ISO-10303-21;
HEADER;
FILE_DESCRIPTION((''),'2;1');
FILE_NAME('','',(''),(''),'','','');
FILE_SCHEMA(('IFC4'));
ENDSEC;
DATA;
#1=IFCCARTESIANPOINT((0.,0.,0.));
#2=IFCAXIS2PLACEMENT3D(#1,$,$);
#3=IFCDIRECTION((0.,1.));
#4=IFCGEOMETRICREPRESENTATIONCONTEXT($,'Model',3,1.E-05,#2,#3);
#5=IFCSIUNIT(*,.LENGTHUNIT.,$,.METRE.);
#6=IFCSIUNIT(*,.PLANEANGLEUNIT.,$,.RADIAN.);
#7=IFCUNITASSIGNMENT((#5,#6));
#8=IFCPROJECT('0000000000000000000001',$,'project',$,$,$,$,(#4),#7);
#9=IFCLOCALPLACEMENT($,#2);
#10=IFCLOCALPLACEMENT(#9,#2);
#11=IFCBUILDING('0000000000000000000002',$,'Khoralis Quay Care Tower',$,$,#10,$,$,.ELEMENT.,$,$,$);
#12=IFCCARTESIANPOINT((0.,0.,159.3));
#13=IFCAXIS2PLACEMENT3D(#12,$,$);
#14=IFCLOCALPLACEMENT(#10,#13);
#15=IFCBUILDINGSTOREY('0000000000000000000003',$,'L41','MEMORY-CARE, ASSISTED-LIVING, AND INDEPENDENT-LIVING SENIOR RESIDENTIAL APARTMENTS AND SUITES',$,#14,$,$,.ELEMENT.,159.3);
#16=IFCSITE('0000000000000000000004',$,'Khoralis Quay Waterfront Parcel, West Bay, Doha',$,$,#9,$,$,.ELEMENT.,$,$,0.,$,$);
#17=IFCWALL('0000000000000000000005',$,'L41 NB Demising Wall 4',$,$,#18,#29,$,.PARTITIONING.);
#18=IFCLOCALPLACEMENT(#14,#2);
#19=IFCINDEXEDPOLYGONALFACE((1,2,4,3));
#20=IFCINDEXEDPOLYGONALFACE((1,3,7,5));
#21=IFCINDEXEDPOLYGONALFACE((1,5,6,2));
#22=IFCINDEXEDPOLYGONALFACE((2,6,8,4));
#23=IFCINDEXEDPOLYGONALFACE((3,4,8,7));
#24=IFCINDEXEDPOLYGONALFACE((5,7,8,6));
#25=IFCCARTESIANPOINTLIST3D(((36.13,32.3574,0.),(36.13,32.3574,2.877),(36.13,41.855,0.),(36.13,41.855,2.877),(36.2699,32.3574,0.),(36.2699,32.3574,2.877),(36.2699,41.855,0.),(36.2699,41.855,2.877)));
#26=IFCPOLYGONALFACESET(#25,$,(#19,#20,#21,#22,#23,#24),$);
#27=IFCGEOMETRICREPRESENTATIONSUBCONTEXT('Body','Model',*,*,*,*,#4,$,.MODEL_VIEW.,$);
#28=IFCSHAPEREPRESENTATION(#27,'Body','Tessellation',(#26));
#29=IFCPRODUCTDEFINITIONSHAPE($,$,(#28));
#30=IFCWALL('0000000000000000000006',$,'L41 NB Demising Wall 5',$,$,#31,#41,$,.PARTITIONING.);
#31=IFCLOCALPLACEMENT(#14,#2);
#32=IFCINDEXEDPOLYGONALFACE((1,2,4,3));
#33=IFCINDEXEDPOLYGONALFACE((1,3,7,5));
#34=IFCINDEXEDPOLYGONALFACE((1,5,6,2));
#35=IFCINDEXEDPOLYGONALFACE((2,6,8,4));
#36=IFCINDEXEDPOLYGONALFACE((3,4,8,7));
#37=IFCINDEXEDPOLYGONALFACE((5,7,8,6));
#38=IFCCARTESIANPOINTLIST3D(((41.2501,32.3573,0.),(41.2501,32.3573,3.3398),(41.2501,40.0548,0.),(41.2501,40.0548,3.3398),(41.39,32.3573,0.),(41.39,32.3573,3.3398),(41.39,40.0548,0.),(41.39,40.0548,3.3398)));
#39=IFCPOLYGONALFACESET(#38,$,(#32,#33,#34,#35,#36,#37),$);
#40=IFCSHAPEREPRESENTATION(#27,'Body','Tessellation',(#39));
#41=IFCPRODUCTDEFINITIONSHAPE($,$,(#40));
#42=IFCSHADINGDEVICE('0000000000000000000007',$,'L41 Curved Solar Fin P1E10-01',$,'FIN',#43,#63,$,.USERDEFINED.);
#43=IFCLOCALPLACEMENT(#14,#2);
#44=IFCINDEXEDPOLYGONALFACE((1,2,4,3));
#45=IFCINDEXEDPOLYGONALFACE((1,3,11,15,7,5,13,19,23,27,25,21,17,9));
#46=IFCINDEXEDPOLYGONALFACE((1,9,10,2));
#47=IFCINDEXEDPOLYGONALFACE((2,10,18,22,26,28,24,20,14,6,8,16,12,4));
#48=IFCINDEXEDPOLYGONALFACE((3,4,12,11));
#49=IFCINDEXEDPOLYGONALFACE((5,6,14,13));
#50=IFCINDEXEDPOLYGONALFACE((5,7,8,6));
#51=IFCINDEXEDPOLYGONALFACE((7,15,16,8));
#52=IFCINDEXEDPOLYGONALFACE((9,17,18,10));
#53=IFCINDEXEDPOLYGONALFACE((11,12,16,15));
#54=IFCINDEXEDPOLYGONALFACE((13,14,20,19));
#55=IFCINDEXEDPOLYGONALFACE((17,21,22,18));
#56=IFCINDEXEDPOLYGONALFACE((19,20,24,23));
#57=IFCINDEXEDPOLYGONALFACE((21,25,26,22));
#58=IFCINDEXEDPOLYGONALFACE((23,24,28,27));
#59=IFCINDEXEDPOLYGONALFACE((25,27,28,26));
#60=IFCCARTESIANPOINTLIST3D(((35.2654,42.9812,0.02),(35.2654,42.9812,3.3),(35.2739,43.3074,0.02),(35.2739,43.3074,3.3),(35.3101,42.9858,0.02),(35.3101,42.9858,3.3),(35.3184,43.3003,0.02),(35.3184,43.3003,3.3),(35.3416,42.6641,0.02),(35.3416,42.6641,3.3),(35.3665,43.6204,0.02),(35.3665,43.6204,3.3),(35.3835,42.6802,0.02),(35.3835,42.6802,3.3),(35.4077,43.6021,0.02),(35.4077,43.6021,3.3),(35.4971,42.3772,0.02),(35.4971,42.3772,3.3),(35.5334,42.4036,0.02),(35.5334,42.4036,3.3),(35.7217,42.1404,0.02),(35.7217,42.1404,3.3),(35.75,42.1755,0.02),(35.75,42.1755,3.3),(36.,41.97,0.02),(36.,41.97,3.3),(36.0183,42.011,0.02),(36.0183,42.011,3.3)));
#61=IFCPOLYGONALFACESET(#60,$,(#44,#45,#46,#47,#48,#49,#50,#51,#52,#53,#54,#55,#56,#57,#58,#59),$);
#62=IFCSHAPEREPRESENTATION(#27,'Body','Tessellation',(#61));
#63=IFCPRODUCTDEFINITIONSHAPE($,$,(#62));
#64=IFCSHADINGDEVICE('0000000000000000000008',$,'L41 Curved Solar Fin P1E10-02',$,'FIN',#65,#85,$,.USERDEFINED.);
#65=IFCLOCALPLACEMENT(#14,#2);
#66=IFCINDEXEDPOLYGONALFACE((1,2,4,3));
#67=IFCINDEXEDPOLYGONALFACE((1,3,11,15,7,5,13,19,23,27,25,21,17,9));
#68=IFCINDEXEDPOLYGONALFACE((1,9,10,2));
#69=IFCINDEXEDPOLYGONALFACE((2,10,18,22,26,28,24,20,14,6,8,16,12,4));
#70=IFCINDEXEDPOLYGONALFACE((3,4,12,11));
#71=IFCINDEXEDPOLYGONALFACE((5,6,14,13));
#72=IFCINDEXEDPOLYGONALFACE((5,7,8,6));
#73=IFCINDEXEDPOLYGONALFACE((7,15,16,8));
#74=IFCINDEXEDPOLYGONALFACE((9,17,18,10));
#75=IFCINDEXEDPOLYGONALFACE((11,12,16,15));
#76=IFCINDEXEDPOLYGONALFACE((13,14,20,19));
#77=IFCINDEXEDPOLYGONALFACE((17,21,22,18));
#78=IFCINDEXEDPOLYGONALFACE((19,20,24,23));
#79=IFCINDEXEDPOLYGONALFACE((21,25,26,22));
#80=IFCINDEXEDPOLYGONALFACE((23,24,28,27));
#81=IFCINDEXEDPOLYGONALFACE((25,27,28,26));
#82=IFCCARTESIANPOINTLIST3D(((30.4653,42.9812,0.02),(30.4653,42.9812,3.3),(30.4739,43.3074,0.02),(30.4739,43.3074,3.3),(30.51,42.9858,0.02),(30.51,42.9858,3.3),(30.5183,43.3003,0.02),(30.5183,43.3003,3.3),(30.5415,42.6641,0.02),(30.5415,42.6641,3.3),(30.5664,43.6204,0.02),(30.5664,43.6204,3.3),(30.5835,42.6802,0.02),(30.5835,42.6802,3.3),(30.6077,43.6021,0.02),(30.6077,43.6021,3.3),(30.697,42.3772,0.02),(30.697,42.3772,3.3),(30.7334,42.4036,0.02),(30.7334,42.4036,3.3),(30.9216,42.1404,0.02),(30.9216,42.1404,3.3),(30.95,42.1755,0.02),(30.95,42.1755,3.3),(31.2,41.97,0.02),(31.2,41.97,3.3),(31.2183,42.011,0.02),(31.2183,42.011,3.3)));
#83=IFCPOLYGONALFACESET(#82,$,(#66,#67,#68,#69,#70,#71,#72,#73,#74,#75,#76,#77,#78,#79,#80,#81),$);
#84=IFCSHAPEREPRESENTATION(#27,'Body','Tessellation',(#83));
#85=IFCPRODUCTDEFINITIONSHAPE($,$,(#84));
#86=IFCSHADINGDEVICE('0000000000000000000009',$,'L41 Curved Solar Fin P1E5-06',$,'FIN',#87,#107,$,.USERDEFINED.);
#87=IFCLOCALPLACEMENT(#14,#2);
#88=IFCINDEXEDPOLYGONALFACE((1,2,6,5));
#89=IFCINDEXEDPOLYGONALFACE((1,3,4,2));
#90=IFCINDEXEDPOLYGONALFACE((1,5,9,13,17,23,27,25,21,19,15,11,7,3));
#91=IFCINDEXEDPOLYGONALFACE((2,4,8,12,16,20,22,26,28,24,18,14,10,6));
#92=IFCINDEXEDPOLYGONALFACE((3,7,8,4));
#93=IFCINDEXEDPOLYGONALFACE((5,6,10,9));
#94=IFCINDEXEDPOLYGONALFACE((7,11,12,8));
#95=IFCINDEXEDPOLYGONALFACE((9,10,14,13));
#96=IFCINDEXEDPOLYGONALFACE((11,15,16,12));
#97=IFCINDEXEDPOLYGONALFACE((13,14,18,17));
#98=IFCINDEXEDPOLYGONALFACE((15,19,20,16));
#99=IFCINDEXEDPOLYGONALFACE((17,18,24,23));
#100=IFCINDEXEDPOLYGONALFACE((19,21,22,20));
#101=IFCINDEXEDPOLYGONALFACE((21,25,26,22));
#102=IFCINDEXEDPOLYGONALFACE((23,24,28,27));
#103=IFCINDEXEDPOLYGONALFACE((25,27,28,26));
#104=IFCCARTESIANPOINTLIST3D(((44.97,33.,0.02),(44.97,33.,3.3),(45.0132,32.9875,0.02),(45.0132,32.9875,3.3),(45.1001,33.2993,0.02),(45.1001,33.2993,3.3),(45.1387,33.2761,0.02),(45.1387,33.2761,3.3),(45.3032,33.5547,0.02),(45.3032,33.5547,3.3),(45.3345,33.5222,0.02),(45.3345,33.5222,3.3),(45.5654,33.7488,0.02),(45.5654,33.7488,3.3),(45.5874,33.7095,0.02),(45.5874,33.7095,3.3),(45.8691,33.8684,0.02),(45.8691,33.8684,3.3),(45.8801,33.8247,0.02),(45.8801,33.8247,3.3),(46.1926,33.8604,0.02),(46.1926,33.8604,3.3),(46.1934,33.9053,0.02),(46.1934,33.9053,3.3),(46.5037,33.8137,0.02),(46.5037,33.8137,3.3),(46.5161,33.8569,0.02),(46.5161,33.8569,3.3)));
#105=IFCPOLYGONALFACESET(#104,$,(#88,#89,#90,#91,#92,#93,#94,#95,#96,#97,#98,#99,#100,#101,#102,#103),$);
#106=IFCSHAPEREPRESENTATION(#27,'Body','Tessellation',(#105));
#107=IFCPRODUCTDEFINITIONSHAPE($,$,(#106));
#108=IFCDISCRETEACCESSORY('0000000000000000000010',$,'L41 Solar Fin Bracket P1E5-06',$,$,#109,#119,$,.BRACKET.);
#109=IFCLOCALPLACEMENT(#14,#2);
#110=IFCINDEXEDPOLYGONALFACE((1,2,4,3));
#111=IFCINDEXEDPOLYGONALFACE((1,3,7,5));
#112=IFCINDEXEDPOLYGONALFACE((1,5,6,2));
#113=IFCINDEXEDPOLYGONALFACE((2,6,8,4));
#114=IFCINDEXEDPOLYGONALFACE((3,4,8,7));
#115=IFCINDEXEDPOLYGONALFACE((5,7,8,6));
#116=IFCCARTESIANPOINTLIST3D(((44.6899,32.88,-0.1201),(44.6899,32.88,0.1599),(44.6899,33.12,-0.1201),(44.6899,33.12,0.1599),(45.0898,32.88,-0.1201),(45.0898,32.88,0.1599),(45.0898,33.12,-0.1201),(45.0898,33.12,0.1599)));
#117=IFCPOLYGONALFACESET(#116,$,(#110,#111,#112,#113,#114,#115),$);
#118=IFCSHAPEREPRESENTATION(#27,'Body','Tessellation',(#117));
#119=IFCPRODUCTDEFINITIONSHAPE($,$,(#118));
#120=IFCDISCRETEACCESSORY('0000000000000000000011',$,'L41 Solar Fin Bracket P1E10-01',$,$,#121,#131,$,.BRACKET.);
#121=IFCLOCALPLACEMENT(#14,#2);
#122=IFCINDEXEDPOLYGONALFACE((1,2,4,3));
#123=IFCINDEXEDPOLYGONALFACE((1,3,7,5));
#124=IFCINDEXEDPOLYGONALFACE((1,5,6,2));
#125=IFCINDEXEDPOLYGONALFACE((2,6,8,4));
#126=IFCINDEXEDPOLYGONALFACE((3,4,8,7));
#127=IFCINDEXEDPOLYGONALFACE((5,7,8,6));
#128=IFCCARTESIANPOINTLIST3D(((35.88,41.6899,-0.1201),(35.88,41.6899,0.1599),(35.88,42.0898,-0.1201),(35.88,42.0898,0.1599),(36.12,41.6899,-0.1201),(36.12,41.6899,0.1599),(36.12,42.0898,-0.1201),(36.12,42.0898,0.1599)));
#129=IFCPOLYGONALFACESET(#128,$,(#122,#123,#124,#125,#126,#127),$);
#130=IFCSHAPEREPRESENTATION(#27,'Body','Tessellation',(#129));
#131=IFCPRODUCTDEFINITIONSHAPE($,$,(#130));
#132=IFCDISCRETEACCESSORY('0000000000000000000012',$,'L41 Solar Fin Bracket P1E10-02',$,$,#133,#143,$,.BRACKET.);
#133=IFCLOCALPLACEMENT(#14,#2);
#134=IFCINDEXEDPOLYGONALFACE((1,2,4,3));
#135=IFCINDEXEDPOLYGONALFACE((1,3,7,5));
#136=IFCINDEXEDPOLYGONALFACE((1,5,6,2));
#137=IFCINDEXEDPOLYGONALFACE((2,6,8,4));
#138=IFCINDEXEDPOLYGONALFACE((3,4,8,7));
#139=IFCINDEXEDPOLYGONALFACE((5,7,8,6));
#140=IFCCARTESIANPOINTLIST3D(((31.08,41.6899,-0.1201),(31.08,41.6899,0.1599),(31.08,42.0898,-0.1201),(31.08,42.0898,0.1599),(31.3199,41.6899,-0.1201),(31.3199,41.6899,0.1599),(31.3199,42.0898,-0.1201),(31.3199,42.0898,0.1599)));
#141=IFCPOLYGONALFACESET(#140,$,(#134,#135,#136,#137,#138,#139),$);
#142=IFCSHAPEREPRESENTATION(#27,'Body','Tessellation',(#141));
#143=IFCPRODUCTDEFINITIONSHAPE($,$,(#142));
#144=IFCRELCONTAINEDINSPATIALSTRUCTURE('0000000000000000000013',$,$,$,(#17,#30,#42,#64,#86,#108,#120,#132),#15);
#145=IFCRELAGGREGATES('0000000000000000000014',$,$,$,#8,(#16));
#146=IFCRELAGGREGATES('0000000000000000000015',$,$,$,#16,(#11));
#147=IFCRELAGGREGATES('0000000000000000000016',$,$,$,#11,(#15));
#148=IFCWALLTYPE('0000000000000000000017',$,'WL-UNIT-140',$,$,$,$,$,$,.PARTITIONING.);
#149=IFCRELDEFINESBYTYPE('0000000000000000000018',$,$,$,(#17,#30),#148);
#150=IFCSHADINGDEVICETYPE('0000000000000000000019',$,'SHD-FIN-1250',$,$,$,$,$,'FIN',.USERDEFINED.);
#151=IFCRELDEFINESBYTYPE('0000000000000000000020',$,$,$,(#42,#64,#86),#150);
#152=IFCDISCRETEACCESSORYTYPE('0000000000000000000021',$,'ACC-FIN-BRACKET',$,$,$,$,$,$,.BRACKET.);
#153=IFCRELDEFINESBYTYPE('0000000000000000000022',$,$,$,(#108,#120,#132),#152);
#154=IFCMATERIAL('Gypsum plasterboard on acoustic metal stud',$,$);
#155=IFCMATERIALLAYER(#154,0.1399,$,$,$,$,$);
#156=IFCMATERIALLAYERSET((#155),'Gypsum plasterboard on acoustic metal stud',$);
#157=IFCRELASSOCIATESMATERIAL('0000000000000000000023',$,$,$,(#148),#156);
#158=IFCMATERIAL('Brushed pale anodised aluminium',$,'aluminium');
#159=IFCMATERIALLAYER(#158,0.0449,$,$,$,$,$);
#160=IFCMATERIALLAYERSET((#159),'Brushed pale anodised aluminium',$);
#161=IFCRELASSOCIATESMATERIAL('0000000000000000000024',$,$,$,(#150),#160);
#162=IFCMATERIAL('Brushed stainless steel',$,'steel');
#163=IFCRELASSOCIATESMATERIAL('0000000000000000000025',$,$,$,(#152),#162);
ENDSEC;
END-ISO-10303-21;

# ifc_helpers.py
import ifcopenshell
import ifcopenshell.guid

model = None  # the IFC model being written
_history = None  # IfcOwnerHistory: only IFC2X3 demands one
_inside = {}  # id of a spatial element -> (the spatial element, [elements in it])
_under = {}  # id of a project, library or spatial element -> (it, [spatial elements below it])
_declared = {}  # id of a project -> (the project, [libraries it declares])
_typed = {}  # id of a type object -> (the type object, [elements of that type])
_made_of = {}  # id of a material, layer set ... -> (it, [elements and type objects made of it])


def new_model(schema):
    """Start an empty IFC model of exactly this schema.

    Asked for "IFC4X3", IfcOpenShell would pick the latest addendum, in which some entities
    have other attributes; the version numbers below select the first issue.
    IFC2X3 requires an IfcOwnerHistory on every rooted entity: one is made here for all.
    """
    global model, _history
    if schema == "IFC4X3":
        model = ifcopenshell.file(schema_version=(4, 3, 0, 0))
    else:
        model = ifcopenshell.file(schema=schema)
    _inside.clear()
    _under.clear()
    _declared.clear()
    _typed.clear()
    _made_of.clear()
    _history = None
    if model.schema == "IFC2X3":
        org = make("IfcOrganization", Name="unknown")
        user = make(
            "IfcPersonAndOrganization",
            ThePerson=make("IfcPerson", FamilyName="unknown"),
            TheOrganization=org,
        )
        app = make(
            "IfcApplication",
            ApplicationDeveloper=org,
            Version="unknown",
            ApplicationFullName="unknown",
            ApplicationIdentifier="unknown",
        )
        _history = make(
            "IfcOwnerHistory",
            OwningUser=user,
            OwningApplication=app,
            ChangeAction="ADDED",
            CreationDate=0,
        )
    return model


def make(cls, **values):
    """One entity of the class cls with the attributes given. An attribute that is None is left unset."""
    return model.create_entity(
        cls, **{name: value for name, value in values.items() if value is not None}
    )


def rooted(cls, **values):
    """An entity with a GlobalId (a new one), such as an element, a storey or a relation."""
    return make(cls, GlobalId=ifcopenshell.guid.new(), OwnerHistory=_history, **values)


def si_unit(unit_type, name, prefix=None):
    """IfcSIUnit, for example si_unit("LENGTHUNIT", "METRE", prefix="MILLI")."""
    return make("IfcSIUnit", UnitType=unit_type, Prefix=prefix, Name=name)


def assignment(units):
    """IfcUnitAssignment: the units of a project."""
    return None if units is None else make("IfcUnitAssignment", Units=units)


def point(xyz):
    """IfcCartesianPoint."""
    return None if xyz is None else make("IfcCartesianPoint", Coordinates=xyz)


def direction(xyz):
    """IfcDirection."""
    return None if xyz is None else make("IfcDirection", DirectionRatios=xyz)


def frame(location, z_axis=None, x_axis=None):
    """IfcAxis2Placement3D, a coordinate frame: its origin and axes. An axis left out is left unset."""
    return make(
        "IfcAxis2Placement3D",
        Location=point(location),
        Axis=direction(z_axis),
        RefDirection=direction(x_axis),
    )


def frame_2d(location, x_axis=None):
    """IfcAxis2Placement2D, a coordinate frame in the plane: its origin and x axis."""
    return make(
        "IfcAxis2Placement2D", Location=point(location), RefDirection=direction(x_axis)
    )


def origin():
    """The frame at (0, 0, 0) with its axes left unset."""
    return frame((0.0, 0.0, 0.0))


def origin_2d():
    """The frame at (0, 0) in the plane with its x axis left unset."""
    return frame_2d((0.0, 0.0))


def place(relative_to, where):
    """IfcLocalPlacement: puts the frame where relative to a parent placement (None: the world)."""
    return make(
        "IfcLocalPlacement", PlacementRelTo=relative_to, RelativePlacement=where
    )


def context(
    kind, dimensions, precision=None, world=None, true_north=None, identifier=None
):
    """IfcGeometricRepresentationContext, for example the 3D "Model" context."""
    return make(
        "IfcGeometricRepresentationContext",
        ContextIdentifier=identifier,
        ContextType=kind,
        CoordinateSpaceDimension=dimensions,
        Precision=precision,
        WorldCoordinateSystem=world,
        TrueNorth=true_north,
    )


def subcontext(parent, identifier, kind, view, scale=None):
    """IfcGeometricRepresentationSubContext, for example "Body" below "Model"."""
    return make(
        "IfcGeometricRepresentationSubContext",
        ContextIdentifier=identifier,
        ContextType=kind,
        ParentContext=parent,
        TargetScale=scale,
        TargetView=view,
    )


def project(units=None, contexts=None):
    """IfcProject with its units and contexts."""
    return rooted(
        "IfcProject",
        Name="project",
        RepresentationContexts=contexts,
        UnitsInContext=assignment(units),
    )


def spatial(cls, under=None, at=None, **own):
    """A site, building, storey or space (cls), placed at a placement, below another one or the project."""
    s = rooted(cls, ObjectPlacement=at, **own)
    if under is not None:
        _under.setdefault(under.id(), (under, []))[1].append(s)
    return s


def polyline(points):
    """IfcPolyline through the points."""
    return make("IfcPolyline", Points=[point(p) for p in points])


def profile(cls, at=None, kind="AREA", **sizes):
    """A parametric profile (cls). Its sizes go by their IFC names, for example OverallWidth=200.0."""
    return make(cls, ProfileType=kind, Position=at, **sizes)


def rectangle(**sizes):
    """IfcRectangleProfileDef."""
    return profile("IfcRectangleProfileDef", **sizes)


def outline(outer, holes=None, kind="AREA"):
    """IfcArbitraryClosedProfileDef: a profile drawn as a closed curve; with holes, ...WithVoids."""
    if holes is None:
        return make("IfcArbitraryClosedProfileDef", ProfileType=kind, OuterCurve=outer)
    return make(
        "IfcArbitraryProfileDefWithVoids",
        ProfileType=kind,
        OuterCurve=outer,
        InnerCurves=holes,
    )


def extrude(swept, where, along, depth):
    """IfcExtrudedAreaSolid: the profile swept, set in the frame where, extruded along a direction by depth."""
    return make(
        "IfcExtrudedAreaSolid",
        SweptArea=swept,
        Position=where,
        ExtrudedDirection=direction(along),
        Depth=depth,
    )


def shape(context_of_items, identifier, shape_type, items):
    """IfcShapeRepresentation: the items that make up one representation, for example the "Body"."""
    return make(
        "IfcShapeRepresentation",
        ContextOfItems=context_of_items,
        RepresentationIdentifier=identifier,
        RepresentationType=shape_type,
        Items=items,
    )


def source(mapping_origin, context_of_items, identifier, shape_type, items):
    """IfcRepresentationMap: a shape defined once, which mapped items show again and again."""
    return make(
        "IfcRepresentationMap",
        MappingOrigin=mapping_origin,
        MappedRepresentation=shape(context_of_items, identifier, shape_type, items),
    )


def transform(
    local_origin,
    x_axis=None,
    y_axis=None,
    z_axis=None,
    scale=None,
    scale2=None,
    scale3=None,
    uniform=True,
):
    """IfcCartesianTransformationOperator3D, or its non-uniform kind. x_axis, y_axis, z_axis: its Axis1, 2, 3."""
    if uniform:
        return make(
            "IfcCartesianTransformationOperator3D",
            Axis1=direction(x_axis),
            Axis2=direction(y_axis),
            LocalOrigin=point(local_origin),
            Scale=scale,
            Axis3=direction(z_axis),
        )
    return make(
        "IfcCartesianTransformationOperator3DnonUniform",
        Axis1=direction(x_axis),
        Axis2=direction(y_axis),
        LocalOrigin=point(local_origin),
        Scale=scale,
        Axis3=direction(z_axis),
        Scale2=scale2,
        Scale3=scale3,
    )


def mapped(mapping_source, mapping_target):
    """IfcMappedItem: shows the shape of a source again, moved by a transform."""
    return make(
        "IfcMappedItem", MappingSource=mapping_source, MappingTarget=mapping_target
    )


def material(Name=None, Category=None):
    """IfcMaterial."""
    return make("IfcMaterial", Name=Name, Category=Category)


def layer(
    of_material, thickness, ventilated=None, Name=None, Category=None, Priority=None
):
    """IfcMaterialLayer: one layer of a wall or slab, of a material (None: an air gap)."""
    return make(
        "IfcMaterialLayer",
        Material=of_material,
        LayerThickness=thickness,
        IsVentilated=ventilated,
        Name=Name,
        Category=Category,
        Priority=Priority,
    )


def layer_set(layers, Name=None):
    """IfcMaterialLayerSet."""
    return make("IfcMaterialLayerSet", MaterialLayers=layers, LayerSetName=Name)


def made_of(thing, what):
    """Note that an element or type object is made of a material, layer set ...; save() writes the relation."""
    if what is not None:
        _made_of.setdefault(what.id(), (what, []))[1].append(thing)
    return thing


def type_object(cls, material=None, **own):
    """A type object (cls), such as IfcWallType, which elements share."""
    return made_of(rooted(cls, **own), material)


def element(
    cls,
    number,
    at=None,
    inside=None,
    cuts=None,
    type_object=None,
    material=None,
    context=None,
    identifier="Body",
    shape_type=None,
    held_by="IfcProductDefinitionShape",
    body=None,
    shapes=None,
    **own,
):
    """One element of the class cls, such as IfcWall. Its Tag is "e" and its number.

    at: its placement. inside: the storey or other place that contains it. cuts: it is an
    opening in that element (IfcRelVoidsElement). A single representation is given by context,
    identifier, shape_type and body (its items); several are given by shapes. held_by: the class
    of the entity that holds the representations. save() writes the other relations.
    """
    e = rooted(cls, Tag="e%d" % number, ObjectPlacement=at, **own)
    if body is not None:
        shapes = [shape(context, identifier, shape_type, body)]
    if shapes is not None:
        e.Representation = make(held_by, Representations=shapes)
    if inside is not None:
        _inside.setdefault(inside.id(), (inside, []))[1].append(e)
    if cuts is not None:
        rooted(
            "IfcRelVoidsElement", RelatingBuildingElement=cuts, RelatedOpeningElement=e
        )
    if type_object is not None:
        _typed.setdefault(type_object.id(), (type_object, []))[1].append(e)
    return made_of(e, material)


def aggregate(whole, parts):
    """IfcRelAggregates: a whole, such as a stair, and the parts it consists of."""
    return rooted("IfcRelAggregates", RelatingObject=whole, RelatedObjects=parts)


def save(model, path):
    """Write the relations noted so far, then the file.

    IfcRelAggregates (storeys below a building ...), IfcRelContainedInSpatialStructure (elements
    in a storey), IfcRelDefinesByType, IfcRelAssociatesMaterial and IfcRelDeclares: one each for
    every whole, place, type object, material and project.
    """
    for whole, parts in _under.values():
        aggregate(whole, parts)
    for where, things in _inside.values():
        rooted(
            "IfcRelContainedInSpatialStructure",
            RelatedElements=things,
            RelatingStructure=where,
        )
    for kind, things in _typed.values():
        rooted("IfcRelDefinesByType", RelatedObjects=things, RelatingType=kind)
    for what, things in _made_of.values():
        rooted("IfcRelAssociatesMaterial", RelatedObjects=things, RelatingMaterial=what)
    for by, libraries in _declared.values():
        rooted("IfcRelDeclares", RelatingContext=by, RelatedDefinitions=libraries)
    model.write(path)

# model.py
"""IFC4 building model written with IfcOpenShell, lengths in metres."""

from ifc_helpers import new_model, si_unit, direction, frame, frame_2d, origin, origin_2d, place, context, subcontext, project, spatial, polyline, rectangle, outline, extrude, source, transform, mapped, material, layer, layer_set, type_object, element, save


model = new_model("IFC4")

# Units and contexts
model_context = context("Model", 3, precision=1e-05, world=origin(), true_north=direction((0.0, 1.0)))
body_context = subcontext(model_context, "Body", "Model", "MODEL_VIEW")
ifc_project = project(units=[si_unit("LENGTHUNIT", "METRE"), si_unit("PLANEANGLEUNIT", "RADIAN")], contexts=[model_context])

# Site, building, storey
site_placement = place(None, origin())
site = spatial("IfcSite", under=ifc_project, at=site_placement, Name="Khoralis Quay Waterfront Parcel, West Bay, Doha", CompositionType="ELEMENT", RefElevation=0.0)
building_placement = place(site_placement, origin())
building = spatial("IfcBuilding", under=site, at=building_placement, Name="Khoralis Quay Care Tower", CompositionType="ELEMENT")
storey_placement = place(building_placement, frame((0.0, 0.0, 159.3)))
storey = spatial("IfcBuildingStorey", under=building, at=storey_placement, Name="L41", Description="MEMORY-CARE, ASSISTED-LIVING, AND INDEPENDENT-LIVING SENIOR RESIDENTIAL APARTMENTS AND SUITES", CompositionType="ELEMENT", Elevation=159.3)

# Walls
ifc_material_1 = material(Name="Gypsum plasterboard on acoustic metal stud")
ifc_layer_1 = layer(ifc_material_1, 0.1399)
ifc_layer_set_1 = layer_set([ifc_layer_1], Name="Gypsum plasterboard on acoustic metal stud")
wall_type_1 = type_object("IfcWallType", Name="WL-UNIT-140", PredefinedType="PARTITIONING", material=ifc_layer_set_1)
wall_1_placement = place(storey_placement, frame((36.2, 32.3574, 0.0), z_axis=(0.0, 0.0, 1.0), x_axis=(0.0, 1.0, 0.0)))
element("IfcWall", 1, at=wall_1_placement, inside=storey, type_object=wall_type_1, Name="L41 NB Demising Wall 4", PredefinedType="PARTITIONING", context=body_context, shape_type="SweptSolid", body=[
    extrude(rectangle(XDim=9.4976, YDim=0.1399, at=frame_2d((4.7488, 0.0))), origin(), (0.0, 0.0, 1.0), 2.877),
])
wall_2_placement = place(storey_placement, frame((41.3201, 32.3574, 0.0), z_axis=(0.0, 0.0, 1.0), x_axis=(0.0, 1.0, 0.0)))
element("IfcWall", 2, at=wall_2_placement, inside=storey, type_object=wall_type_1, Name="L41 NB Demising Wall 5", PredefinedType="PARTITIONING", context=body_context, shape_type="SweptSolid", body=[
    extrude(rectangle(XDim=7.6975, YDim=0.1399, at=frame_2d((3.8486, 0.0))), origin(), (0.0, 0.0, 1.0), 3.3398),
])

# Shading devices
ifc_material_2 = material(Name="Brushed pale anodised aluminium", Category="aluminium")
ifc_layer_2 = layer(ifc_material_2, 0.0449)
ifc_layer_set_2 = layer_set([ifc_layer_2], Name="Brushed pale anodised aluminium")
shading_device_type = type_object("IfcShadingDeviceType", Name="SHD-FIN-1250", ElementType="FIN", PredefinedType="USERDEFINED", material=ifc_layer_set_2)
shared_shape_1 = source(origin(), body_context, "Body", "SweptSolid", [
    extrude(outline(polyline([(0.0, 0.0), (0.1704, 0.2783), (0.4072, 0.5029), (0.6941, 0.6584), (1.0112, 0.7346), (1.3374, 0.7261), (1.6504, 0.6335), (1.6321, 0.5923), (1.3303, 0.6816), (1.0159, 0.6899), (0.7102, 0.6165), (0.4336, 0.4666), (0.2056, 0.25), (0.041, -0.0183), (0.0, 0.0)])), origin(), (0.0, 0.0, 1.0), 3.28),
])
for number, where, z_axis, x_axis, name in (
    (3, (36.0, 41.97, 0.02), (0.0, 0.0, 1.0), (0.0, 1.0, 0.0), "L41 Curved Solar Fin P1E10-01"),
    (4, (31.2, 41.97, 0.02), (0.0, 0.0, 1.0), (0.0, 1.0, 0.0), "L41 Curved Solar Fin P1E10-02"),
):
    element("IfcShadingDevice", number, at=place(storey_placement, frame(where, z_axis=z_axis, x_axis=x_axis)), inside=storey, type_object=shading_device_type, Name=name, ObjectType="FIN", PredefinedType="USERDEFINED", context=body_context, shape_type="MappedRepresentation", body=[
        mapped(shared_shape_1, transform((0.0, 0.0, 0.0), scale=1.0)),
    ])
shared_shape_2 = source(origin(), body_context, "Body", "SweptSolid", [
    extrude(outline(polyline([(0.0, 0.0), (0.1301, 0.2993), (0.3333, 0.5547), (0.5955, 0.7488), (0.8992, 0.8684), (1.2234, 0.9053), (1.5461, 0.8569), (1.5337, 0.8137), (1.2227, 0.8604), (0.9102, 0.8247), (0.6174, 0.7095), (0.3645, 0.5222), (0.1687, 0.2761), (0.0432, -0.0125), (0.0, 0.0)])), origin(), (0.0, 0.0, 1.0), 3.28),
])
shading_device_placement = place(storey_placement, frame((44.97, 33.0, 0.02), z_axis=(0.0, 0.0, 1.0), x_axis=(1.0, 0.0, 0.0)))
element("IfcShadingDevice", 5, at=shading_device_placement, inside=storey, type_object=shading_device_type, Name="L41 Curved Solar Fin P1E5-06", ObjectType="FIN", PredefinedType="USERDEFINED", context=body_context, shape_type="MappedRepresentation", body=[
    mapped(shared_shape_2, transform((0.0, 0.0, 0.0), scale=1.0)),
])

# Discrete accessories
ifc_material_3 = material(Name="Brushed stainless steel", Category="steel")
discrete_accessory_type = type_object("IfcDiscreteAccessoryType", Name="ACC-FIN-BRACKET", PredefinedType="BRACKET", material=ifc_material_3)
shared_shape_3 = source(origin(), body_context, "Body", "SweptSolid", [
    extrude(rectangle(XDim=0.3999, YDim=0.24, at=origin_2d()), origin(), (0.0, 0.0, 1.0), 0.28),
])
for number, where, z_axis, x_axis, name in (
    (6, (44.8899, 33.0, -0.1201), (0.0, 0.0, 1.0), (1.0, 0.0, 0.0), "L41 Solar Fin Bracket P1E5-06"),
    (7, (36.0, 41.8899, -0.1201), (0.0, 0.0, 1.0), (0.0, 1.0, 0.0), "L41 Solar Fin Bracket P1E10-01"),
    (8, (31.2, 41.8899, -0.1201), (0.0, 0.0, 1.0), (0.0, 1.0, 0.0), "L41 Solar Fin Bracket P1E10-02"),
):
    element("IfcDiscreteAccessory", number, at=place(storey_placement, frame(where, z_axis=z_axis, x_axis=x_axis)), inside=storey, type_object=discrete_accessory_type, Name=name, PredefinedType="BRACKET", context=body_context, shape_type="MappedRepresentation", body=[
        mapped(shared_shape_3, transform((0.0, 0.0, 0.0), scale=1.0)),
    ])

save(model, "model.ifc")
